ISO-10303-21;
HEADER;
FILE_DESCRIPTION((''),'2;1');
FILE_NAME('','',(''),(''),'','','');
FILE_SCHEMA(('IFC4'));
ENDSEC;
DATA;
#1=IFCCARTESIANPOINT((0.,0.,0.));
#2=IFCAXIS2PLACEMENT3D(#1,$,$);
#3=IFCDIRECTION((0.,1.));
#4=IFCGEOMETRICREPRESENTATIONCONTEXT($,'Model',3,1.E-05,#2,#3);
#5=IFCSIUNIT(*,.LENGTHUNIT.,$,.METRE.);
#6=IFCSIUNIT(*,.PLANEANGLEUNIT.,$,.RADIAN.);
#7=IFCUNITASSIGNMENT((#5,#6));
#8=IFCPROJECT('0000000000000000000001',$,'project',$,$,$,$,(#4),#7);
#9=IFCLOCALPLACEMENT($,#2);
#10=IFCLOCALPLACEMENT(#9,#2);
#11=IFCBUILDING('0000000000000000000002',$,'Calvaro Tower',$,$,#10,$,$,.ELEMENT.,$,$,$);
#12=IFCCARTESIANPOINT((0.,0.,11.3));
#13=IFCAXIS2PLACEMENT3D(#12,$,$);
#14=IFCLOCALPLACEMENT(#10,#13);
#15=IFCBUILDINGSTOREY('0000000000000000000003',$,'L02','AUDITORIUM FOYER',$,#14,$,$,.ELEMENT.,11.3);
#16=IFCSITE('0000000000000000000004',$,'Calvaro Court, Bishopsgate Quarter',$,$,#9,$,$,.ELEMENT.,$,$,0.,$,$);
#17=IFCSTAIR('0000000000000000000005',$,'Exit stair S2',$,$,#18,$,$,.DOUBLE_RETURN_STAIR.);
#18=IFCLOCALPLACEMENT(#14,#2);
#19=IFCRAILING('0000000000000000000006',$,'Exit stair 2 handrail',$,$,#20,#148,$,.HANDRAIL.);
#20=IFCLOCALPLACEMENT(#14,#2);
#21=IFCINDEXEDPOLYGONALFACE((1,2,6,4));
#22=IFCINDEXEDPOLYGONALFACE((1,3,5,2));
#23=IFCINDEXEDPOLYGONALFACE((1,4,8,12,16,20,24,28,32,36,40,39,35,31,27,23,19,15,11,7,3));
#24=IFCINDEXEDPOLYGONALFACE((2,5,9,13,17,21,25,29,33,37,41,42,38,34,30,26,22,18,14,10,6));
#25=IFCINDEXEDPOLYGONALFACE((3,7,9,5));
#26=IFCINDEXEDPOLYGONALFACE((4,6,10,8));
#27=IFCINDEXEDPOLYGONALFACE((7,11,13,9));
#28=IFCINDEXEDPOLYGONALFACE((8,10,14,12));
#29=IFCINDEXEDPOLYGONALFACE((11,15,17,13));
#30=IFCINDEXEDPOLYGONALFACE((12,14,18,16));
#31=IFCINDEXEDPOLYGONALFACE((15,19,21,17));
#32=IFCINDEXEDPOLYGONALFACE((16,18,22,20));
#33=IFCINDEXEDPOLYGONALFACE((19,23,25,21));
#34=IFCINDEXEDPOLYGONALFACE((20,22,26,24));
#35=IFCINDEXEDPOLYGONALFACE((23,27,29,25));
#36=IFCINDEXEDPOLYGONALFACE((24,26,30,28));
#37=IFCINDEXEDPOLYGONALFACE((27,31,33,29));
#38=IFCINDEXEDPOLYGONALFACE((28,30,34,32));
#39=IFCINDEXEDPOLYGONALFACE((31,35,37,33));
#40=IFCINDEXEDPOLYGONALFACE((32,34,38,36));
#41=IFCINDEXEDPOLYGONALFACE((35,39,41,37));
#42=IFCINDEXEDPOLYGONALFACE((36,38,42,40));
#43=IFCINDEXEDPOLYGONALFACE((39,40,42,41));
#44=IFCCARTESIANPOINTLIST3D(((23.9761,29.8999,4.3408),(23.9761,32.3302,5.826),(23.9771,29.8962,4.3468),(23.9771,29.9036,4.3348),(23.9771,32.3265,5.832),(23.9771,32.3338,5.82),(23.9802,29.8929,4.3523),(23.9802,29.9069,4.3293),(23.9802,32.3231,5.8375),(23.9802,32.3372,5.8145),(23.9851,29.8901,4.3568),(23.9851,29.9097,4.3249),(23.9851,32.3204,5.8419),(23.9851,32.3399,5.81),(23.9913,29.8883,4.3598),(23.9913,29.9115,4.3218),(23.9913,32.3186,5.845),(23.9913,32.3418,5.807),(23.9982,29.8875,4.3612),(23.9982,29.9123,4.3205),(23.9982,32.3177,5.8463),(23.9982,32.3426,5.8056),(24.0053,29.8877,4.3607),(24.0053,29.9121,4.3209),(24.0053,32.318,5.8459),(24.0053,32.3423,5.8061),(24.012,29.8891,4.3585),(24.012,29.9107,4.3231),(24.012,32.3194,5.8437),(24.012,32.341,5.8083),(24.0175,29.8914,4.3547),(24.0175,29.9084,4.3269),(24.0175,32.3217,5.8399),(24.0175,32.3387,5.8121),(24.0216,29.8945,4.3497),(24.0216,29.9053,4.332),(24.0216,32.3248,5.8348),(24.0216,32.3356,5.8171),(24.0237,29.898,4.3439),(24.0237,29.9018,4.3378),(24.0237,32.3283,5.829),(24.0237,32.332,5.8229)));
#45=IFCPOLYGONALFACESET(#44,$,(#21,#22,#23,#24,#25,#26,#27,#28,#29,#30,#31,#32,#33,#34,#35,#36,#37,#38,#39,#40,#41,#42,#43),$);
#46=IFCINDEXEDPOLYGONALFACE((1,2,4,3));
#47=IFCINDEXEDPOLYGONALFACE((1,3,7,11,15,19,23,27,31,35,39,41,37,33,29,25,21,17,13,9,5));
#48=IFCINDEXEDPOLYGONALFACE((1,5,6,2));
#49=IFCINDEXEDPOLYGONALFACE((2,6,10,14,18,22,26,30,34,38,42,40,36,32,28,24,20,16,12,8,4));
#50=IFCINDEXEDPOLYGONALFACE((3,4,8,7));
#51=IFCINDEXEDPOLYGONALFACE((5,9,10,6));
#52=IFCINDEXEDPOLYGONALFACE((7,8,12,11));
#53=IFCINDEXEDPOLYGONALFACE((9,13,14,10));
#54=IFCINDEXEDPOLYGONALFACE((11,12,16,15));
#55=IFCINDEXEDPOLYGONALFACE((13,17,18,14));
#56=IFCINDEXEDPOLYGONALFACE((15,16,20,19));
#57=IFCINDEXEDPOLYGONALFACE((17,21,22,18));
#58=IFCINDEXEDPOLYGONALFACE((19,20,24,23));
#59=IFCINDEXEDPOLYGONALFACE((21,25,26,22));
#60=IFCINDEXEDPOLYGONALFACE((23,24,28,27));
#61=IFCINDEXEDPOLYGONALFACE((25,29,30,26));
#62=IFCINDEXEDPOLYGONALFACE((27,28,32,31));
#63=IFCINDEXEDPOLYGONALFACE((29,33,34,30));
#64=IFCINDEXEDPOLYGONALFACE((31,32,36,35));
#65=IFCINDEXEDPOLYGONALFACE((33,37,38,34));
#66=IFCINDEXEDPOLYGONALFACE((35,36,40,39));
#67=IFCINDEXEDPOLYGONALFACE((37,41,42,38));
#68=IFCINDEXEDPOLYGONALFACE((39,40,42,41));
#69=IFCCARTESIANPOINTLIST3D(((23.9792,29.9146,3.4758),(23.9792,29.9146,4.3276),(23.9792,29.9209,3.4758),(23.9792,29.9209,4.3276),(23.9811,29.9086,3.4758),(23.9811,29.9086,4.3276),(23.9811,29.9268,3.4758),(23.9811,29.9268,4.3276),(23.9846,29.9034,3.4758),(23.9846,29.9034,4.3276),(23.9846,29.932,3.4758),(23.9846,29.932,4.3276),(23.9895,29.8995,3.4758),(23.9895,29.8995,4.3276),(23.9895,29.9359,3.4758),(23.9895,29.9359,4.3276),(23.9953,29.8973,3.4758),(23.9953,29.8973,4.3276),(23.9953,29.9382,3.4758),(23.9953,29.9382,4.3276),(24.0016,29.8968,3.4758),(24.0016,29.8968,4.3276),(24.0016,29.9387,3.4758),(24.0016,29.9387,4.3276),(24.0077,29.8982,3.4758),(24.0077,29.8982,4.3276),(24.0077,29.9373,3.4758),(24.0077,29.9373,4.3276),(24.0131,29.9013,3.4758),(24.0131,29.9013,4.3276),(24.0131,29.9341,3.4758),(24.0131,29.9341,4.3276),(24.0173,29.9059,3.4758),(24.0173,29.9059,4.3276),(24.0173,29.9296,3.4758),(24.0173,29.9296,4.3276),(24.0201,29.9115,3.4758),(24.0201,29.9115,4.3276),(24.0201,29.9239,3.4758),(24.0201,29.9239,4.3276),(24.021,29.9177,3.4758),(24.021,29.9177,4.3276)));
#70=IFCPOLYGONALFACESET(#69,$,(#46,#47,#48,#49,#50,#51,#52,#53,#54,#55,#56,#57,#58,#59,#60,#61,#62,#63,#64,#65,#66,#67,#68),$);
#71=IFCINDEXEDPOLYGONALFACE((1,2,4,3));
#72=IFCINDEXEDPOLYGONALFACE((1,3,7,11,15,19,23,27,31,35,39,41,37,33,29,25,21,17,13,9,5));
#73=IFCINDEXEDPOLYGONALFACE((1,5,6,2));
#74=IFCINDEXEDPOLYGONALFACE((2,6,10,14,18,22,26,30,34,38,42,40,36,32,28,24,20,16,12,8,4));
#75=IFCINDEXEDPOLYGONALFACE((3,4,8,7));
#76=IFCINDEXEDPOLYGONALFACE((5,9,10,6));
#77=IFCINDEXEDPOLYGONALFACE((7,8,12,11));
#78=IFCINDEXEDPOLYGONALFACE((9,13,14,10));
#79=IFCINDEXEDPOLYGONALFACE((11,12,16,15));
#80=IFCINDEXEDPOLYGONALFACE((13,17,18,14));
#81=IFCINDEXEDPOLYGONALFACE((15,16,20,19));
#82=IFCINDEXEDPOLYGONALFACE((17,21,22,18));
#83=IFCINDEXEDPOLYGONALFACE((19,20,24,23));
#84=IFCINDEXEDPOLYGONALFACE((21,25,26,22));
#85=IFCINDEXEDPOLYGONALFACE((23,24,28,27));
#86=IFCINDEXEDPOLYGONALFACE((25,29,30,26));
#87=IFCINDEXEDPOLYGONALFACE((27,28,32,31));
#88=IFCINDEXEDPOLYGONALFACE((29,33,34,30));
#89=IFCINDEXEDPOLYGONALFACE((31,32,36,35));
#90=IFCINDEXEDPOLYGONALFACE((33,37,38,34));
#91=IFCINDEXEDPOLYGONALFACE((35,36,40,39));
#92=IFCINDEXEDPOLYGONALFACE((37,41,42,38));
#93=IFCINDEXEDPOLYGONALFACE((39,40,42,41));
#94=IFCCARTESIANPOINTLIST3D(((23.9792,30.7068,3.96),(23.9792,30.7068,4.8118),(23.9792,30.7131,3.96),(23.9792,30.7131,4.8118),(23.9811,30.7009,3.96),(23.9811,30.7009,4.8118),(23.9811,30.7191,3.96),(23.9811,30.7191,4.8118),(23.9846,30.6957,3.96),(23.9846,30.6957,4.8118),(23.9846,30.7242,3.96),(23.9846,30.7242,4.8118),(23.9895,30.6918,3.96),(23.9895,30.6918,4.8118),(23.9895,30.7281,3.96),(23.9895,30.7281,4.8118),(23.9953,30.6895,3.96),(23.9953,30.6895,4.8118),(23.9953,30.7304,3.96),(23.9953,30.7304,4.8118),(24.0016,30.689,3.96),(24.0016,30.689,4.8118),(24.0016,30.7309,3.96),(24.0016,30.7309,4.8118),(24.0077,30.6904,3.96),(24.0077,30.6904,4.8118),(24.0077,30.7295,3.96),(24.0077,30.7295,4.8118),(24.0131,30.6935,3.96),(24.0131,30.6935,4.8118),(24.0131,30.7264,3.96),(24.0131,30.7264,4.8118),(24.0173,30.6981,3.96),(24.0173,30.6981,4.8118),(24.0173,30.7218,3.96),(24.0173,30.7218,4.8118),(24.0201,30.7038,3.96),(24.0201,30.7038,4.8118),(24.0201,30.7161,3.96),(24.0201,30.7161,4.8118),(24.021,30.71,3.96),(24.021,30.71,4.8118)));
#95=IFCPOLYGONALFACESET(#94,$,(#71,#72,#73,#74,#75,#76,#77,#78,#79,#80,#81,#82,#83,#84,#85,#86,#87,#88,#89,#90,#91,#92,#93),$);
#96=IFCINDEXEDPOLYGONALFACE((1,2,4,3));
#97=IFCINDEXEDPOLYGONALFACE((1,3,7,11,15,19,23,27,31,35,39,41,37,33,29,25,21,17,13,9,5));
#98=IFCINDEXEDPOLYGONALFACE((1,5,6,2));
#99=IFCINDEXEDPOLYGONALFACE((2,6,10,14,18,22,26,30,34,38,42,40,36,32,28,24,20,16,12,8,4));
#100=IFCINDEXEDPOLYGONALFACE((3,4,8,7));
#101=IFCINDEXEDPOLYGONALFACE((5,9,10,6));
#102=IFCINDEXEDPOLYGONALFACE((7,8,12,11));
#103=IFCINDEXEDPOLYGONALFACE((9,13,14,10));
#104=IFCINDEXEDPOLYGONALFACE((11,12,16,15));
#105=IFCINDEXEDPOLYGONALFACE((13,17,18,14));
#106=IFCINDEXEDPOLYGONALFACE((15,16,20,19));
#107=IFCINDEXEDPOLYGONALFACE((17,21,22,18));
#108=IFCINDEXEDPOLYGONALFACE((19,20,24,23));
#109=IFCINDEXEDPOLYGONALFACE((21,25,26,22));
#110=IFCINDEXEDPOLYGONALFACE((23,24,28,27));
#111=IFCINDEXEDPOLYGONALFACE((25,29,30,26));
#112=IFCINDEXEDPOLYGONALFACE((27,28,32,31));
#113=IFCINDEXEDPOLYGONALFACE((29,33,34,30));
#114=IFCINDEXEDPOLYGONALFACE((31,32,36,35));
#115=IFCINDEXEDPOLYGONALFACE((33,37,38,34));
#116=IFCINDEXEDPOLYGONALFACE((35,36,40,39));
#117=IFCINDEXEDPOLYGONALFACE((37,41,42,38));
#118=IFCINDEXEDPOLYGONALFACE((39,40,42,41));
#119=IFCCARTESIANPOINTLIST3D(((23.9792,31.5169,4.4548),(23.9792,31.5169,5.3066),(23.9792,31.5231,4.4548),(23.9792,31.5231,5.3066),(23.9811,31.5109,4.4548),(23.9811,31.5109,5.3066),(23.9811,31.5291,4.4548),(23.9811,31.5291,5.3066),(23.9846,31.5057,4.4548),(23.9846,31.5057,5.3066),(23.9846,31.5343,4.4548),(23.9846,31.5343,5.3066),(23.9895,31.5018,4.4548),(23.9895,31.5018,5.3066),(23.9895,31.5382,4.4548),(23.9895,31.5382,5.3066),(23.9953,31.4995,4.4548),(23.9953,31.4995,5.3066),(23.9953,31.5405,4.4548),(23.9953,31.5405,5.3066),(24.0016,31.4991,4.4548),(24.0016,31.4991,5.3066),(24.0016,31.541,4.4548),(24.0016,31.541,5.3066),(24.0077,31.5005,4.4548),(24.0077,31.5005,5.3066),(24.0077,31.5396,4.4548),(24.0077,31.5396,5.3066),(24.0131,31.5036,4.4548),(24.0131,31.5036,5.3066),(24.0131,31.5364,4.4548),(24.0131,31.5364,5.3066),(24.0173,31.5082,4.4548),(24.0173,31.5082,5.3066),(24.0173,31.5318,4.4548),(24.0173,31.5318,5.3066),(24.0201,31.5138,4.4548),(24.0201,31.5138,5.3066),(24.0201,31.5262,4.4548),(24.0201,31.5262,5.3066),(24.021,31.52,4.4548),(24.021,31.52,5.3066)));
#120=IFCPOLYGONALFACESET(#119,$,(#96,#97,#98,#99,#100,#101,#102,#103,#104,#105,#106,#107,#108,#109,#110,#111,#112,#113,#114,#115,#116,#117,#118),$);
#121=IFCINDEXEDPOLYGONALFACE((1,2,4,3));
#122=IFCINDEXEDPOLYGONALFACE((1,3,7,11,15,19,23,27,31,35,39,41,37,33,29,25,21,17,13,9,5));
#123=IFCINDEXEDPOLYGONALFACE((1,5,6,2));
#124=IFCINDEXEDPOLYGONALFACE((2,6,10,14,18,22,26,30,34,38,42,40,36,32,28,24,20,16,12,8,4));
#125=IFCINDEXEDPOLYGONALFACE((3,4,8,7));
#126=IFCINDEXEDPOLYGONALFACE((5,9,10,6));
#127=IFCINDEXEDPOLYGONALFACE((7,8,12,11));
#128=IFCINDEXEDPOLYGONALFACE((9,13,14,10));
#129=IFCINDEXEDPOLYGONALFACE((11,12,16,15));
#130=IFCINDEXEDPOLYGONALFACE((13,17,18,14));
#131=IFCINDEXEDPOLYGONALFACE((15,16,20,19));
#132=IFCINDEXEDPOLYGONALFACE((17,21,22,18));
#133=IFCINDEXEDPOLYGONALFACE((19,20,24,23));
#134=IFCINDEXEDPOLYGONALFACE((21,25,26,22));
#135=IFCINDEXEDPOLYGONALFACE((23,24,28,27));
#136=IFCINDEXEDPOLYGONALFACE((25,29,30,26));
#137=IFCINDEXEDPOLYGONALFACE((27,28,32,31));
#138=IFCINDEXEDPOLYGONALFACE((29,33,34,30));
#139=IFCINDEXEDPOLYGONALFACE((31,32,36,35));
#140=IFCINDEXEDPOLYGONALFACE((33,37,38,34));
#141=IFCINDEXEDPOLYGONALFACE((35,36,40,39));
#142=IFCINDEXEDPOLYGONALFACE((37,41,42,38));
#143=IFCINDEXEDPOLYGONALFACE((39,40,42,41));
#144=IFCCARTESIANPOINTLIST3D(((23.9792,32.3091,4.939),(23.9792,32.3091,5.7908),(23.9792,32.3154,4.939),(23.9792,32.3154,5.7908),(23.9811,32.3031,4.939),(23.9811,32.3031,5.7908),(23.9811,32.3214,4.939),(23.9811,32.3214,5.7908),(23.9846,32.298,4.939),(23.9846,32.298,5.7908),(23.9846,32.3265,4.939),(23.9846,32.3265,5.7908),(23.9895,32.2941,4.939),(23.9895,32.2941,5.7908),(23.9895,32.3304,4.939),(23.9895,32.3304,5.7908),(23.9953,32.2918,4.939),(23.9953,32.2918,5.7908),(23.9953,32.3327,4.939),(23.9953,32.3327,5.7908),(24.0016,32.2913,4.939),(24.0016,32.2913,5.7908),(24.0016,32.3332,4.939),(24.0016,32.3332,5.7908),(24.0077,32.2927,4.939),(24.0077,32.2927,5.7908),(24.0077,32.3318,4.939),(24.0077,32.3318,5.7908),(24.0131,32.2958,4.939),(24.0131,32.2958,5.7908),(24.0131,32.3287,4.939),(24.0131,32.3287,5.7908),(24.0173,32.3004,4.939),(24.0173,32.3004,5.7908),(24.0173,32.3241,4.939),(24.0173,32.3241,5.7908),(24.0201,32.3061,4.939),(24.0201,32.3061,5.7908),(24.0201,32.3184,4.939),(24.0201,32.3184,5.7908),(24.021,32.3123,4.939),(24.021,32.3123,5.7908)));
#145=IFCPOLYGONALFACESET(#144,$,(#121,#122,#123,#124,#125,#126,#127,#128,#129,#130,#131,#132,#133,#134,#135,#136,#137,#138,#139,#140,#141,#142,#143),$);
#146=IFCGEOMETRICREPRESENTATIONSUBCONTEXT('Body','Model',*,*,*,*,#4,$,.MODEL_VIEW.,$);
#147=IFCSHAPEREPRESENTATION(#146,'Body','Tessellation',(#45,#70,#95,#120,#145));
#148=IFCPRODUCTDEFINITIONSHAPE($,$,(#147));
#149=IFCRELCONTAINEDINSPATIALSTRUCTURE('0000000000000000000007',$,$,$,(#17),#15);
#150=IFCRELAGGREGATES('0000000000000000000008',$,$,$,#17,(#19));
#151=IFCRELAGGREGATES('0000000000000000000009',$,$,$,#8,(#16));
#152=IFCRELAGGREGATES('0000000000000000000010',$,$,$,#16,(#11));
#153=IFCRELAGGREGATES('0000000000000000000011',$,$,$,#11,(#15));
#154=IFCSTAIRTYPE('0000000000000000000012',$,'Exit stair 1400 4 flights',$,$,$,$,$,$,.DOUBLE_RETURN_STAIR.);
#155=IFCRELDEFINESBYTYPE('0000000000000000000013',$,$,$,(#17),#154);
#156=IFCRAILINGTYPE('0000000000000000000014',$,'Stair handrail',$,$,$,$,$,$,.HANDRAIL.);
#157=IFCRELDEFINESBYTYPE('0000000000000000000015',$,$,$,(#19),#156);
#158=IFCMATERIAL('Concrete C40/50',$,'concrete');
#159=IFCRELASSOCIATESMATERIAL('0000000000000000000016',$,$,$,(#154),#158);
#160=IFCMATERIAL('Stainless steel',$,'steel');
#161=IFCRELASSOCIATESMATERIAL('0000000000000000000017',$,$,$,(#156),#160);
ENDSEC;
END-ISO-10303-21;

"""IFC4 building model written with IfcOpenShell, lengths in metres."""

from ifc_helpers import new_model, si_unit, direction, frame, origin, origin_2d, place, context, subcontext, project, spatial, circle, extrude, material, type_object, element, aggregate, save


model = new_model("IFC4")

# Units and contexts
model_context = context("Model", 3, precision=1e-05, world=origin(), true_north=direction((0.0, 1.0)))
body_context = subcontext(model_context, "Body", "Model", "MODEL_VIEW")
ifc_project = project(units=[si_unit("LENGTHUNIT", "METRE"), si_unit("PLANEANGLEUNIT", "RADIAN")], contexts=[model_context])

# Site, building, storey
site_placement = place(None, origin())
site = spatial("IfcSite", under=ifc_project, at=site_placement, Name="Calvaro Court, Bishopsgate Quarter", CompositionType="ELEMENT", RefElevation=0.0)
building_placement = place(site_placement, origin())
building = spatial("IfcBuilding", under=site, at=building_placement, Name="Calvaro Tower", CompositionType="ELEMENT")
storey_placement = place(building_placement, frame((0.0, 0.0, 11.3)))
storey = spatial("IfcBuildingStorey", under=building, at=storey_placement, Name="L02", Description="AUDITORIUM FOYER", CompositionType="ELEMENT", Elevation=11.3)

# Shared definitions
ifc_material_1 = material(Name="Concrete C40/50", Category="concrete")
stair_type = type_object("IfcStairType", Name="Exit stair 1400 4 flights", PredefinedType="DOUBLE_RETURN_STAIR", material=ifc_material_1)

# Stair
stair_1_placement = place(storey_placement, origin())
stair_1 = element("IfcStair", 1, at=stair_1_placement, inside=storey, type_object=stair_type, Name="Exit stair S2", PredefinedType="DOUBLE_RETURN_STAIR")

# Railing
ifc_material_2 = material(Name="Stainless steel", Category="steel")
railing_type = type_object("IfcRailingType", Name="Stair handrail", PredefinedType="HANDRAIL", material=ifc_material_2)
railing_1_placement = place(storey_placement, frame((24.0, 29.8999, 3.4648)))
railing_1 = element("IfcRailing", 2, at=railing_1_placement, type_object=railing_type, Name="Exit stair 2 handrail", PredefinedType="HANDRAIL", context=body_context, shape_type="SweptSolid", body=[
    extrude(circle(Radius=0.0239, at=origin_2d()), frame((0.0, 0.0, 0.876), z_axis=(0.0, 0.853282, 0.52145), x_axis=(-1.0, 0.0, 0.0)), (0.0, 0.0, 1.0), 2.8481),
    extrude(circle(Radius=0.021, at=origin_2d()), frame((0.0, 0.0178, 0.011)), (0.0, 0.0, 1.0), 0.8518),
    extrude(circle(Radius=0.021, at=origin_2d()), frame((0.0, 0.8101, 0.4951)), (0.0, 0.0, 1.0), 0.8518),
    extrude(circle(Radius=0.021, at=origin_2d()), frame((0.0, 1.6201, 0.99)), (0.0, 0.0, 1.0), 0.8518),
    extrude(circle(Radius=0.021, at=origin_2d()), frame((0.0, 2.4124, 1.4741)), (0.0, 0.0, 1.0), 0.8518),
])
aggregate(stair_1, [railing_1])

save(model, "model.ifc")
